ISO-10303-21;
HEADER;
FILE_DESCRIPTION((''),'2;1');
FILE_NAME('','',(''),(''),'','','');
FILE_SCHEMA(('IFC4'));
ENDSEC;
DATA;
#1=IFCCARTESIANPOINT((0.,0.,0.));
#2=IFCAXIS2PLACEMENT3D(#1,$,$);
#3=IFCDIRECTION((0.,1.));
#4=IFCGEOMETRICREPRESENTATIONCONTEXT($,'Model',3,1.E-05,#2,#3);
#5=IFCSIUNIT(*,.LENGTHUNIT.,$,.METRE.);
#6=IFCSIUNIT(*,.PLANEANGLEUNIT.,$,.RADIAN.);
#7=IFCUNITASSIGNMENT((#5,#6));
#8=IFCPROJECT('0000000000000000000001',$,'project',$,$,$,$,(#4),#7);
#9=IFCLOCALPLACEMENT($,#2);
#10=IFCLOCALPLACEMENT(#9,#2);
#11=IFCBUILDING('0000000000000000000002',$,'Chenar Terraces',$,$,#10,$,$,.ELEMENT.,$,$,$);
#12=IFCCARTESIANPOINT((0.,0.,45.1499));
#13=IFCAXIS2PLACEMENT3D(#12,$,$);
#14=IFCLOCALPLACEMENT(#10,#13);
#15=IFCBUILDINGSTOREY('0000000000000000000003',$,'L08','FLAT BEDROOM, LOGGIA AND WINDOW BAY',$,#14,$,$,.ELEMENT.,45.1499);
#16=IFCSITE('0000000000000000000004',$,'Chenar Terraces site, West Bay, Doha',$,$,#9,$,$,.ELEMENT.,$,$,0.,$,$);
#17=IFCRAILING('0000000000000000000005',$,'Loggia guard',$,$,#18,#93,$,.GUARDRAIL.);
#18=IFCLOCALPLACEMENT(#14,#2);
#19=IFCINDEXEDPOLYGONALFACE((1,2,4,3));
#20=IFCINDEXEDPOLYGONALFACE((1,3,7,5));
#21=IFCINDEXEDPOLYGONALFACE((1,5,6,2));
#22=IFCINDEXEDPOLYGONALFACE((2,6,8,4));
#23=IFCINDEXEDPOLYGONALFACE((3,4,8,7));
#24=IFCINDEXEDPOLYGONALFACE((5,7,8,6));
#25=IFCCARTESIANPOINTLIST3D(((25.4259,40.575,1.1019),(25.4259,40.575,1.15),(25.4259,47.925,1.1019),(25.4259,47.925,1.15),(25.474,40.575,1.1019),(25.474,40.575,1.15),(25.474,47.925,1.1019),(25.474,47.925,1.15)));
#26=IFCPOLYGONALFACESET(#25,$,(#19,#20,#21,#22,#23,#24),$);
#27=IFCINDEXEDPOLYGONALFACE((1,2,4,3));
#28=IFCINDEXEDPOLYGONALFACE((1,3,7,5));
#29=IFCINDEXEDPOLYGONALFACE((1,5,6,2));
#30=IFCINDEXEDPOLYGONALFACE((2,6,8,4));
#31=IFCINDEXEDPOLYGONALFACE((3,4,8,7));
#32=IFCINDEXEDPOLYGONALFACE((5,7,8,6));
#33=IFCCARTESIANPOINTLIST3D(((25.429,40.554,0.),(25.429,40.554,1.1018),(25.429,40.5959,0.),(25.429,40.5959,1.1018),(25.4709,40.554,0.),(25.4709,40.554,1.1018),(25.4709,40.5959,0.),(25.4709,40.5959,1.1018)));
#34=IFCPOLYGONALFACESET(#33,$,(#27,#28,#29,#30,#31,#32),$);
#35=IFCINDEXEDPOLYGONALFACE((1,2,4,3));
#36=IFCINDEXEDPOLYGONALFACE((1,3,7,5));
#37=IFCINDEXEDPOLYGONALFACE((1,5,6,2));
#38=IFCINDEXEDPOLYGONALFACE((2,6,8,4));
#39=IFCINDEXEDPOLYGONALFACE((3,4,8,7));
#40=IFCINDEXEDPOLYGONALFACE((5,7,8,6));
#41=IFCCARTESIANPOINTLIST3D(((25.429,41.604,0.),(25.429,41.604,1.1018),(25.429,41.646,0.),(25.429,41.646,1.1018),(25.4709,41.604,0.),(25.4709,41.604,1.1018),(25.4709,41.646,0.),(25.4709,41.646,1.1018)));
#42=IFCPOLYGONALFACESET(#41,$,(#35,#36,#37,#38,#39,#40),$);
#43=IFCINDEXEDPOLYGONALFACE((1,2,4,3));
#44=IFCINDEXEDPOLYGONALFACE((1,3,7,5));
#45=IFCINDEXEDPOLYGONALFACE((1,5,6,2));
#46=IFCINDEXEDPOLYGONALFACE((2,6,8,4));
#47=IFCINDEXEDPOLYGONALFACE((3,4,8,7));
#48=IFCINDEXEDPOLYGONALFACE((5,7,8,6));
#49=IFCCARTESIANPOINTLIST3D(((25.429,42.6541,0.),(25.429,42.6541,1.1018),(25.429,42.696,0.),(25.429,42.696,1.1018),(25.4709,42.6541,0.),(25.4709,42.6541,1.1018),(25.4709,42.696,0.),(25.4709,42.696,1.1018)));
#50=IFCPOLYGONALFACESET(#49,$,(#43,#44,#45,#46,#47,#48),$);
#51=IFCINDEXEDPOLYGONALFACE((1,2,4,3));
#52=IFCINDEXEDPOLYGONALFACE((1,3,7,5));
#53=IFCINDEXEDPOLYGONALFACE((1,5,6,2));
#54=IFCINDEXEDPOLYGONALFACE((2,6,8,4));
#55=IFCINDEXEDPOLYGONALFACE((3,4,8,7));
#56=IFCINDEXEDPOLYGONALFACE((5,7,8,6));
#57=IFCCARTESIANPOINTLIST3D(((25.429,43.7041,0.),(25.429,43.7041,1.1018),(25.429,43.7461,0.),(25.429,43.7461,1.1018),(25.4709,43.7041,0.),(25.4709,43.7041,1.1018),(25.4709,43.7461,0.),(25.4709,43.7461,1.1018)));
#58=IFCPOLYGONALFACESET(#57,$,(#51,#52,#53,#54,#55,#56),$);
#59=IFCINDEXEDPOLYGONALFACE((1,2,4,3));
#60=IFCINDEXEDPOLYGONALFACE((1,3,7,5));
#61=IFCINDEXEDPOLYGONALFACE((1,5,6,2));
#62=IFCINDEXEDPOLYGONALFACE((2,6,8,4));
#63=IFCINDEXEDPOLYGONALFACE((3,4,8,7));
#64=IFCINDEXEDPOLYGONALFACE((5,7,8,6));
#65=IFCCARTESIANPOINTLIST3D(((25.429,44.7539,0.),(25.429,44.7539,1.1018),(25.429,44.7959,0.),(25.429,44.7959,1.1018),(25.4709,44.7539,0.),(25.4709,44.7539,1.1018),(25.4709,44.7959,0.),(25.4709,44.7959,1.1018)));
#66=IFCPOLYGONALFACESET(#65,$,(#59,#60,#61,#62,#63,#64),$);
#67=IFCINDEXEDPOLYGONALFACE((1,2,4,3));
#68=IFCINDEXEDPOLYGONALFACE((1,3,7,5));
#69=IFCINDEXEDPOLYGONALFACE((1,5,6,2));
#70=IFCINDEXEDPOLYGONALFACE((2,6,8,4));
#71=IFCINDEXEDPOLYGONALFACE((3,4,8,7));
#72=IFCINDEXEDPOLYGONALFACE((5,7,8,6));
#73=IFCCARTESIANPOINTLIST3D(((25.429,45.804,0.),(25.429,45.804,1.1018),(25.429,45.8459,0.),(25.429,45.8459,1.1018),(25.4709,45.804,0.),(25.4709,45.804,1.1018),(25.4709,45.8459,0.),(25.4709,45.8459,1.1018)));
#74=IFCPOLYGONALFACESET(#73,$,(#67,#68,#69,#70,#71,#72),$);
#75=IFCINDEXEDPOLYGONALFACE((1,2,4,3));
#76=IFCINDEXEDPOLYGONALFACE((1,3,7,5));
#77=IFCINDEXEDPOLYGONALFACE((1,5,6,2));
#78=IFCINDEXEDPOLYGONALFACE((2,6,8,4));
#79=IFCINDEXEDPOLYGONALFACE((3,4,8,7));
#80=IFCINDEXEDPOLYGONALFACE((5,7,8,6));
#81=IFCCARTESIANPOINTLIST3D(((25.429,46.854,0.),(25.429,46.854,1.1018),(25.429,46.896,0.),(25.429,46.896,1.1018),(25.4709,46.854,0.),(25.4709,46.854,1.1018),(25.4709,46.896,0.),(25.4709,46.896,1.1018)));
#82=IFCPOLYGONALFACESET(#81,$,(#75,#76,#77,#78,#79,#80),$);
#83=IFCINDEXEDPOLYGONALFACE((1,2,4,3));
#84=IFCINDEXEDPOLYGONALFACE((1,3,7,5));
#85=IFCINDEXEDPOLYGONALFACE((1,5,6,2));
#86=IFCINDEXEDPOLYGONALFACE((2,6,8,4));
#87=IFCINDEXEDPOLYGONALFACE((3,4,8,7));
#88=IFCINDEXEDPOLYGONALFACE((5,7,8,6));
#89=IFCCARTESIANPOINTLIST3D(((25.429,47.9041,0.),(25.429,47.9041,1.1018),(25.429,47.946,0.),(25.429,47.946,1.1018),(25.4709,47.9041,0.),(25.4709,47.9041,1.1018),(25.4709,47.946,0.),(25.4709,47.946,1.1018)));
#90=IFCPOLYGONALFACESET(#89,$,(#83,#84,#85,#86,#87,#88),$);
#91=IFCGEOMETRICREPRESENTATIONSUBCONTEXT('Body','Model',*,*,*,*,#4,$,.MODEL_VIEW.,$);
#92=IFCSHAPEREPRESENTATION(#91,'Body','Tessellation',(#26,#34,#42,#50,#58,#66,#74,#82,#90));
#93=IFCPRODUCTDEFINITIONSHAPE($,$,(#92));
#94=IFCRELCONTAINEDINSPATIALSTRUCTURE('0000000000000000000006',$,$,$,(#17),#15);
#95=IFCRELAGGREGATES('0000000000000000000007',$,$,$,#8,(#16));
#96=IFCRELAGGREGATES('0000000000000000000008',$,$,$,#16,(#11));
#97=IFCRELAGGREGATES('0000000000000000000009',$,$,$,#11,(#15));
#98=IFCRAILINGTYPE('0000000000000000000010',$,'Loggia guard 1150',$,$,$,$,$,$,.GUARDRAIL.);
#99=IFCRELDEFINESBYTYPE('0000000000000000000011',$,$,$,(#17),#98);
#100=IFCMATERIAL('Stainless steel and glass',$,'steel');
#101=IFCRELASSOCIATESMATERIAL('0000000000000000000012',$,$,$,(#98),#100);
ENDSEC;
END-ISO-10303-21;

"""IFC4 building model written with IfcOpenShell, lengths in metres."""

from ifc_helpers import new_model, si_unit, direction, frame, origin, origin_2d, place, context, subcontext, project, spatial, rectangle, extrude, material, type_object, element, save


model = new_model("IFC4")

# Units and contexts
model_context = context("Model", 3, precision=1e-05, world=origin(), true_north=direction((0.0, 1.0)))
body_context = subcontext(model_context, "Body", "Model", "MODEL_VIEW")
ifc_project = project(units=[si_unit("LENGTHUNIT", "METRE"), si_unit("PLANEANGLEUNIT", "RADIAN")], contexts=[model_context])

# Site, building, storey
site_placement = place(None, origin())
site = spatial("IfcSite", under=ifc_project, at=site_placement, Name="Chenar Terraces site, West Bay, Doha", CompositionType="ELEMENT", RefElevation=0.0)
building_placement = place(site_placement, origin())
building = spatial("IfcBuilding", under=site, at=building_placement, Name="Chenar Terraces", CompositionType="ELEMENT")
storey_placement = place(building_placement, frame((0.0, 0.0, 45.1499)))
storey = spatial("IfcBuildingStorey", under=building, at=storey_placement, Name="L08", Description="FLAT BEDROOM, LOGGIA AND WINDOW BAY", CompositionType="ELEMENT", Elevation=45.1499)

# Railing
ifc_material_1 = material(Name="Stainless steel and glass", Category="steel")
railing_type = type_object("IfcRailingType", Name="Loggia guard 1150", PredefinedType="GUARDRAIL", material=ifc_material_1)
railing_placement = place(storey_placement, frame((25.45, 40.575, 0.0)))
element("IfcRailing", 1, at=railing_placement, inside=storey, type_object=railing_type, Name="Loggia guard", PredefinedType="GUARDRAIL", context=body_context, shape_type="SweptSolid", body=[
    extrude(rectangle(XDim=0.0481, YDim=0.0481, at=origin_2d()), frame((0.0, 0.0, 1.126), z_axis=(0.0, 1.0, 0.0), x_axis=(-1.0, 0.0, 0.0)), (0.0, 0.0, 1.0), 7.3501),
    extrude(rectangle(XDim=0.042, YDim=0.042, at=origin_2d()), origin(), (0.0, 0.0, 1.0), 1.1018),
    extrude(rectangle(XDim=0.042, YDim=0.042, at=origin_2d()), frame((0.0, 1.05, 0.0)), (0.0, 0.0, 1.0), 1.1018),
    extrude(rectangle(XDim=0.042, YDim=0.042, at=origin_2d()), frame((0.0, 2.1001, 0.0)), (0.0, 0.0, 1.0), 1.1018),
    extrude(rectangle(XDim=0.042, YDim=0.042, at=origin_2d()), frame((0.0, 3.1501, 0.0)), (0.0, 0.0, 1.0), 1.1018),
    extrude(rectangle(XDim=0.042, YDim=0.042, at=origin_2d()), frame((0.0, 4.2, 0.0)), (0.0, 0.0, 1.0), 1.1018),
    extrude(rectangle(XDim=0.042, YDim=0.042, at=origin_2d()), frame((0.0, 5.25, 0.0)), (0.0, 0.0, 1.0), 1.1018),
    extrude(rectangle(XDim=0.042, YDim=0.042, at=origin_2d()), frame((0.0, 6.3, 0.0)), (0.0, 0.0, 1.0), 1.1018),
    extrude(rectangle(XDim=0.042, YDim=0.042, at=origin_2d()), frame((0.0, 7.3501, 0.0)), (0.0, 0.0, 1.0), 1.1018),
])

save(model, "model.ifc")
